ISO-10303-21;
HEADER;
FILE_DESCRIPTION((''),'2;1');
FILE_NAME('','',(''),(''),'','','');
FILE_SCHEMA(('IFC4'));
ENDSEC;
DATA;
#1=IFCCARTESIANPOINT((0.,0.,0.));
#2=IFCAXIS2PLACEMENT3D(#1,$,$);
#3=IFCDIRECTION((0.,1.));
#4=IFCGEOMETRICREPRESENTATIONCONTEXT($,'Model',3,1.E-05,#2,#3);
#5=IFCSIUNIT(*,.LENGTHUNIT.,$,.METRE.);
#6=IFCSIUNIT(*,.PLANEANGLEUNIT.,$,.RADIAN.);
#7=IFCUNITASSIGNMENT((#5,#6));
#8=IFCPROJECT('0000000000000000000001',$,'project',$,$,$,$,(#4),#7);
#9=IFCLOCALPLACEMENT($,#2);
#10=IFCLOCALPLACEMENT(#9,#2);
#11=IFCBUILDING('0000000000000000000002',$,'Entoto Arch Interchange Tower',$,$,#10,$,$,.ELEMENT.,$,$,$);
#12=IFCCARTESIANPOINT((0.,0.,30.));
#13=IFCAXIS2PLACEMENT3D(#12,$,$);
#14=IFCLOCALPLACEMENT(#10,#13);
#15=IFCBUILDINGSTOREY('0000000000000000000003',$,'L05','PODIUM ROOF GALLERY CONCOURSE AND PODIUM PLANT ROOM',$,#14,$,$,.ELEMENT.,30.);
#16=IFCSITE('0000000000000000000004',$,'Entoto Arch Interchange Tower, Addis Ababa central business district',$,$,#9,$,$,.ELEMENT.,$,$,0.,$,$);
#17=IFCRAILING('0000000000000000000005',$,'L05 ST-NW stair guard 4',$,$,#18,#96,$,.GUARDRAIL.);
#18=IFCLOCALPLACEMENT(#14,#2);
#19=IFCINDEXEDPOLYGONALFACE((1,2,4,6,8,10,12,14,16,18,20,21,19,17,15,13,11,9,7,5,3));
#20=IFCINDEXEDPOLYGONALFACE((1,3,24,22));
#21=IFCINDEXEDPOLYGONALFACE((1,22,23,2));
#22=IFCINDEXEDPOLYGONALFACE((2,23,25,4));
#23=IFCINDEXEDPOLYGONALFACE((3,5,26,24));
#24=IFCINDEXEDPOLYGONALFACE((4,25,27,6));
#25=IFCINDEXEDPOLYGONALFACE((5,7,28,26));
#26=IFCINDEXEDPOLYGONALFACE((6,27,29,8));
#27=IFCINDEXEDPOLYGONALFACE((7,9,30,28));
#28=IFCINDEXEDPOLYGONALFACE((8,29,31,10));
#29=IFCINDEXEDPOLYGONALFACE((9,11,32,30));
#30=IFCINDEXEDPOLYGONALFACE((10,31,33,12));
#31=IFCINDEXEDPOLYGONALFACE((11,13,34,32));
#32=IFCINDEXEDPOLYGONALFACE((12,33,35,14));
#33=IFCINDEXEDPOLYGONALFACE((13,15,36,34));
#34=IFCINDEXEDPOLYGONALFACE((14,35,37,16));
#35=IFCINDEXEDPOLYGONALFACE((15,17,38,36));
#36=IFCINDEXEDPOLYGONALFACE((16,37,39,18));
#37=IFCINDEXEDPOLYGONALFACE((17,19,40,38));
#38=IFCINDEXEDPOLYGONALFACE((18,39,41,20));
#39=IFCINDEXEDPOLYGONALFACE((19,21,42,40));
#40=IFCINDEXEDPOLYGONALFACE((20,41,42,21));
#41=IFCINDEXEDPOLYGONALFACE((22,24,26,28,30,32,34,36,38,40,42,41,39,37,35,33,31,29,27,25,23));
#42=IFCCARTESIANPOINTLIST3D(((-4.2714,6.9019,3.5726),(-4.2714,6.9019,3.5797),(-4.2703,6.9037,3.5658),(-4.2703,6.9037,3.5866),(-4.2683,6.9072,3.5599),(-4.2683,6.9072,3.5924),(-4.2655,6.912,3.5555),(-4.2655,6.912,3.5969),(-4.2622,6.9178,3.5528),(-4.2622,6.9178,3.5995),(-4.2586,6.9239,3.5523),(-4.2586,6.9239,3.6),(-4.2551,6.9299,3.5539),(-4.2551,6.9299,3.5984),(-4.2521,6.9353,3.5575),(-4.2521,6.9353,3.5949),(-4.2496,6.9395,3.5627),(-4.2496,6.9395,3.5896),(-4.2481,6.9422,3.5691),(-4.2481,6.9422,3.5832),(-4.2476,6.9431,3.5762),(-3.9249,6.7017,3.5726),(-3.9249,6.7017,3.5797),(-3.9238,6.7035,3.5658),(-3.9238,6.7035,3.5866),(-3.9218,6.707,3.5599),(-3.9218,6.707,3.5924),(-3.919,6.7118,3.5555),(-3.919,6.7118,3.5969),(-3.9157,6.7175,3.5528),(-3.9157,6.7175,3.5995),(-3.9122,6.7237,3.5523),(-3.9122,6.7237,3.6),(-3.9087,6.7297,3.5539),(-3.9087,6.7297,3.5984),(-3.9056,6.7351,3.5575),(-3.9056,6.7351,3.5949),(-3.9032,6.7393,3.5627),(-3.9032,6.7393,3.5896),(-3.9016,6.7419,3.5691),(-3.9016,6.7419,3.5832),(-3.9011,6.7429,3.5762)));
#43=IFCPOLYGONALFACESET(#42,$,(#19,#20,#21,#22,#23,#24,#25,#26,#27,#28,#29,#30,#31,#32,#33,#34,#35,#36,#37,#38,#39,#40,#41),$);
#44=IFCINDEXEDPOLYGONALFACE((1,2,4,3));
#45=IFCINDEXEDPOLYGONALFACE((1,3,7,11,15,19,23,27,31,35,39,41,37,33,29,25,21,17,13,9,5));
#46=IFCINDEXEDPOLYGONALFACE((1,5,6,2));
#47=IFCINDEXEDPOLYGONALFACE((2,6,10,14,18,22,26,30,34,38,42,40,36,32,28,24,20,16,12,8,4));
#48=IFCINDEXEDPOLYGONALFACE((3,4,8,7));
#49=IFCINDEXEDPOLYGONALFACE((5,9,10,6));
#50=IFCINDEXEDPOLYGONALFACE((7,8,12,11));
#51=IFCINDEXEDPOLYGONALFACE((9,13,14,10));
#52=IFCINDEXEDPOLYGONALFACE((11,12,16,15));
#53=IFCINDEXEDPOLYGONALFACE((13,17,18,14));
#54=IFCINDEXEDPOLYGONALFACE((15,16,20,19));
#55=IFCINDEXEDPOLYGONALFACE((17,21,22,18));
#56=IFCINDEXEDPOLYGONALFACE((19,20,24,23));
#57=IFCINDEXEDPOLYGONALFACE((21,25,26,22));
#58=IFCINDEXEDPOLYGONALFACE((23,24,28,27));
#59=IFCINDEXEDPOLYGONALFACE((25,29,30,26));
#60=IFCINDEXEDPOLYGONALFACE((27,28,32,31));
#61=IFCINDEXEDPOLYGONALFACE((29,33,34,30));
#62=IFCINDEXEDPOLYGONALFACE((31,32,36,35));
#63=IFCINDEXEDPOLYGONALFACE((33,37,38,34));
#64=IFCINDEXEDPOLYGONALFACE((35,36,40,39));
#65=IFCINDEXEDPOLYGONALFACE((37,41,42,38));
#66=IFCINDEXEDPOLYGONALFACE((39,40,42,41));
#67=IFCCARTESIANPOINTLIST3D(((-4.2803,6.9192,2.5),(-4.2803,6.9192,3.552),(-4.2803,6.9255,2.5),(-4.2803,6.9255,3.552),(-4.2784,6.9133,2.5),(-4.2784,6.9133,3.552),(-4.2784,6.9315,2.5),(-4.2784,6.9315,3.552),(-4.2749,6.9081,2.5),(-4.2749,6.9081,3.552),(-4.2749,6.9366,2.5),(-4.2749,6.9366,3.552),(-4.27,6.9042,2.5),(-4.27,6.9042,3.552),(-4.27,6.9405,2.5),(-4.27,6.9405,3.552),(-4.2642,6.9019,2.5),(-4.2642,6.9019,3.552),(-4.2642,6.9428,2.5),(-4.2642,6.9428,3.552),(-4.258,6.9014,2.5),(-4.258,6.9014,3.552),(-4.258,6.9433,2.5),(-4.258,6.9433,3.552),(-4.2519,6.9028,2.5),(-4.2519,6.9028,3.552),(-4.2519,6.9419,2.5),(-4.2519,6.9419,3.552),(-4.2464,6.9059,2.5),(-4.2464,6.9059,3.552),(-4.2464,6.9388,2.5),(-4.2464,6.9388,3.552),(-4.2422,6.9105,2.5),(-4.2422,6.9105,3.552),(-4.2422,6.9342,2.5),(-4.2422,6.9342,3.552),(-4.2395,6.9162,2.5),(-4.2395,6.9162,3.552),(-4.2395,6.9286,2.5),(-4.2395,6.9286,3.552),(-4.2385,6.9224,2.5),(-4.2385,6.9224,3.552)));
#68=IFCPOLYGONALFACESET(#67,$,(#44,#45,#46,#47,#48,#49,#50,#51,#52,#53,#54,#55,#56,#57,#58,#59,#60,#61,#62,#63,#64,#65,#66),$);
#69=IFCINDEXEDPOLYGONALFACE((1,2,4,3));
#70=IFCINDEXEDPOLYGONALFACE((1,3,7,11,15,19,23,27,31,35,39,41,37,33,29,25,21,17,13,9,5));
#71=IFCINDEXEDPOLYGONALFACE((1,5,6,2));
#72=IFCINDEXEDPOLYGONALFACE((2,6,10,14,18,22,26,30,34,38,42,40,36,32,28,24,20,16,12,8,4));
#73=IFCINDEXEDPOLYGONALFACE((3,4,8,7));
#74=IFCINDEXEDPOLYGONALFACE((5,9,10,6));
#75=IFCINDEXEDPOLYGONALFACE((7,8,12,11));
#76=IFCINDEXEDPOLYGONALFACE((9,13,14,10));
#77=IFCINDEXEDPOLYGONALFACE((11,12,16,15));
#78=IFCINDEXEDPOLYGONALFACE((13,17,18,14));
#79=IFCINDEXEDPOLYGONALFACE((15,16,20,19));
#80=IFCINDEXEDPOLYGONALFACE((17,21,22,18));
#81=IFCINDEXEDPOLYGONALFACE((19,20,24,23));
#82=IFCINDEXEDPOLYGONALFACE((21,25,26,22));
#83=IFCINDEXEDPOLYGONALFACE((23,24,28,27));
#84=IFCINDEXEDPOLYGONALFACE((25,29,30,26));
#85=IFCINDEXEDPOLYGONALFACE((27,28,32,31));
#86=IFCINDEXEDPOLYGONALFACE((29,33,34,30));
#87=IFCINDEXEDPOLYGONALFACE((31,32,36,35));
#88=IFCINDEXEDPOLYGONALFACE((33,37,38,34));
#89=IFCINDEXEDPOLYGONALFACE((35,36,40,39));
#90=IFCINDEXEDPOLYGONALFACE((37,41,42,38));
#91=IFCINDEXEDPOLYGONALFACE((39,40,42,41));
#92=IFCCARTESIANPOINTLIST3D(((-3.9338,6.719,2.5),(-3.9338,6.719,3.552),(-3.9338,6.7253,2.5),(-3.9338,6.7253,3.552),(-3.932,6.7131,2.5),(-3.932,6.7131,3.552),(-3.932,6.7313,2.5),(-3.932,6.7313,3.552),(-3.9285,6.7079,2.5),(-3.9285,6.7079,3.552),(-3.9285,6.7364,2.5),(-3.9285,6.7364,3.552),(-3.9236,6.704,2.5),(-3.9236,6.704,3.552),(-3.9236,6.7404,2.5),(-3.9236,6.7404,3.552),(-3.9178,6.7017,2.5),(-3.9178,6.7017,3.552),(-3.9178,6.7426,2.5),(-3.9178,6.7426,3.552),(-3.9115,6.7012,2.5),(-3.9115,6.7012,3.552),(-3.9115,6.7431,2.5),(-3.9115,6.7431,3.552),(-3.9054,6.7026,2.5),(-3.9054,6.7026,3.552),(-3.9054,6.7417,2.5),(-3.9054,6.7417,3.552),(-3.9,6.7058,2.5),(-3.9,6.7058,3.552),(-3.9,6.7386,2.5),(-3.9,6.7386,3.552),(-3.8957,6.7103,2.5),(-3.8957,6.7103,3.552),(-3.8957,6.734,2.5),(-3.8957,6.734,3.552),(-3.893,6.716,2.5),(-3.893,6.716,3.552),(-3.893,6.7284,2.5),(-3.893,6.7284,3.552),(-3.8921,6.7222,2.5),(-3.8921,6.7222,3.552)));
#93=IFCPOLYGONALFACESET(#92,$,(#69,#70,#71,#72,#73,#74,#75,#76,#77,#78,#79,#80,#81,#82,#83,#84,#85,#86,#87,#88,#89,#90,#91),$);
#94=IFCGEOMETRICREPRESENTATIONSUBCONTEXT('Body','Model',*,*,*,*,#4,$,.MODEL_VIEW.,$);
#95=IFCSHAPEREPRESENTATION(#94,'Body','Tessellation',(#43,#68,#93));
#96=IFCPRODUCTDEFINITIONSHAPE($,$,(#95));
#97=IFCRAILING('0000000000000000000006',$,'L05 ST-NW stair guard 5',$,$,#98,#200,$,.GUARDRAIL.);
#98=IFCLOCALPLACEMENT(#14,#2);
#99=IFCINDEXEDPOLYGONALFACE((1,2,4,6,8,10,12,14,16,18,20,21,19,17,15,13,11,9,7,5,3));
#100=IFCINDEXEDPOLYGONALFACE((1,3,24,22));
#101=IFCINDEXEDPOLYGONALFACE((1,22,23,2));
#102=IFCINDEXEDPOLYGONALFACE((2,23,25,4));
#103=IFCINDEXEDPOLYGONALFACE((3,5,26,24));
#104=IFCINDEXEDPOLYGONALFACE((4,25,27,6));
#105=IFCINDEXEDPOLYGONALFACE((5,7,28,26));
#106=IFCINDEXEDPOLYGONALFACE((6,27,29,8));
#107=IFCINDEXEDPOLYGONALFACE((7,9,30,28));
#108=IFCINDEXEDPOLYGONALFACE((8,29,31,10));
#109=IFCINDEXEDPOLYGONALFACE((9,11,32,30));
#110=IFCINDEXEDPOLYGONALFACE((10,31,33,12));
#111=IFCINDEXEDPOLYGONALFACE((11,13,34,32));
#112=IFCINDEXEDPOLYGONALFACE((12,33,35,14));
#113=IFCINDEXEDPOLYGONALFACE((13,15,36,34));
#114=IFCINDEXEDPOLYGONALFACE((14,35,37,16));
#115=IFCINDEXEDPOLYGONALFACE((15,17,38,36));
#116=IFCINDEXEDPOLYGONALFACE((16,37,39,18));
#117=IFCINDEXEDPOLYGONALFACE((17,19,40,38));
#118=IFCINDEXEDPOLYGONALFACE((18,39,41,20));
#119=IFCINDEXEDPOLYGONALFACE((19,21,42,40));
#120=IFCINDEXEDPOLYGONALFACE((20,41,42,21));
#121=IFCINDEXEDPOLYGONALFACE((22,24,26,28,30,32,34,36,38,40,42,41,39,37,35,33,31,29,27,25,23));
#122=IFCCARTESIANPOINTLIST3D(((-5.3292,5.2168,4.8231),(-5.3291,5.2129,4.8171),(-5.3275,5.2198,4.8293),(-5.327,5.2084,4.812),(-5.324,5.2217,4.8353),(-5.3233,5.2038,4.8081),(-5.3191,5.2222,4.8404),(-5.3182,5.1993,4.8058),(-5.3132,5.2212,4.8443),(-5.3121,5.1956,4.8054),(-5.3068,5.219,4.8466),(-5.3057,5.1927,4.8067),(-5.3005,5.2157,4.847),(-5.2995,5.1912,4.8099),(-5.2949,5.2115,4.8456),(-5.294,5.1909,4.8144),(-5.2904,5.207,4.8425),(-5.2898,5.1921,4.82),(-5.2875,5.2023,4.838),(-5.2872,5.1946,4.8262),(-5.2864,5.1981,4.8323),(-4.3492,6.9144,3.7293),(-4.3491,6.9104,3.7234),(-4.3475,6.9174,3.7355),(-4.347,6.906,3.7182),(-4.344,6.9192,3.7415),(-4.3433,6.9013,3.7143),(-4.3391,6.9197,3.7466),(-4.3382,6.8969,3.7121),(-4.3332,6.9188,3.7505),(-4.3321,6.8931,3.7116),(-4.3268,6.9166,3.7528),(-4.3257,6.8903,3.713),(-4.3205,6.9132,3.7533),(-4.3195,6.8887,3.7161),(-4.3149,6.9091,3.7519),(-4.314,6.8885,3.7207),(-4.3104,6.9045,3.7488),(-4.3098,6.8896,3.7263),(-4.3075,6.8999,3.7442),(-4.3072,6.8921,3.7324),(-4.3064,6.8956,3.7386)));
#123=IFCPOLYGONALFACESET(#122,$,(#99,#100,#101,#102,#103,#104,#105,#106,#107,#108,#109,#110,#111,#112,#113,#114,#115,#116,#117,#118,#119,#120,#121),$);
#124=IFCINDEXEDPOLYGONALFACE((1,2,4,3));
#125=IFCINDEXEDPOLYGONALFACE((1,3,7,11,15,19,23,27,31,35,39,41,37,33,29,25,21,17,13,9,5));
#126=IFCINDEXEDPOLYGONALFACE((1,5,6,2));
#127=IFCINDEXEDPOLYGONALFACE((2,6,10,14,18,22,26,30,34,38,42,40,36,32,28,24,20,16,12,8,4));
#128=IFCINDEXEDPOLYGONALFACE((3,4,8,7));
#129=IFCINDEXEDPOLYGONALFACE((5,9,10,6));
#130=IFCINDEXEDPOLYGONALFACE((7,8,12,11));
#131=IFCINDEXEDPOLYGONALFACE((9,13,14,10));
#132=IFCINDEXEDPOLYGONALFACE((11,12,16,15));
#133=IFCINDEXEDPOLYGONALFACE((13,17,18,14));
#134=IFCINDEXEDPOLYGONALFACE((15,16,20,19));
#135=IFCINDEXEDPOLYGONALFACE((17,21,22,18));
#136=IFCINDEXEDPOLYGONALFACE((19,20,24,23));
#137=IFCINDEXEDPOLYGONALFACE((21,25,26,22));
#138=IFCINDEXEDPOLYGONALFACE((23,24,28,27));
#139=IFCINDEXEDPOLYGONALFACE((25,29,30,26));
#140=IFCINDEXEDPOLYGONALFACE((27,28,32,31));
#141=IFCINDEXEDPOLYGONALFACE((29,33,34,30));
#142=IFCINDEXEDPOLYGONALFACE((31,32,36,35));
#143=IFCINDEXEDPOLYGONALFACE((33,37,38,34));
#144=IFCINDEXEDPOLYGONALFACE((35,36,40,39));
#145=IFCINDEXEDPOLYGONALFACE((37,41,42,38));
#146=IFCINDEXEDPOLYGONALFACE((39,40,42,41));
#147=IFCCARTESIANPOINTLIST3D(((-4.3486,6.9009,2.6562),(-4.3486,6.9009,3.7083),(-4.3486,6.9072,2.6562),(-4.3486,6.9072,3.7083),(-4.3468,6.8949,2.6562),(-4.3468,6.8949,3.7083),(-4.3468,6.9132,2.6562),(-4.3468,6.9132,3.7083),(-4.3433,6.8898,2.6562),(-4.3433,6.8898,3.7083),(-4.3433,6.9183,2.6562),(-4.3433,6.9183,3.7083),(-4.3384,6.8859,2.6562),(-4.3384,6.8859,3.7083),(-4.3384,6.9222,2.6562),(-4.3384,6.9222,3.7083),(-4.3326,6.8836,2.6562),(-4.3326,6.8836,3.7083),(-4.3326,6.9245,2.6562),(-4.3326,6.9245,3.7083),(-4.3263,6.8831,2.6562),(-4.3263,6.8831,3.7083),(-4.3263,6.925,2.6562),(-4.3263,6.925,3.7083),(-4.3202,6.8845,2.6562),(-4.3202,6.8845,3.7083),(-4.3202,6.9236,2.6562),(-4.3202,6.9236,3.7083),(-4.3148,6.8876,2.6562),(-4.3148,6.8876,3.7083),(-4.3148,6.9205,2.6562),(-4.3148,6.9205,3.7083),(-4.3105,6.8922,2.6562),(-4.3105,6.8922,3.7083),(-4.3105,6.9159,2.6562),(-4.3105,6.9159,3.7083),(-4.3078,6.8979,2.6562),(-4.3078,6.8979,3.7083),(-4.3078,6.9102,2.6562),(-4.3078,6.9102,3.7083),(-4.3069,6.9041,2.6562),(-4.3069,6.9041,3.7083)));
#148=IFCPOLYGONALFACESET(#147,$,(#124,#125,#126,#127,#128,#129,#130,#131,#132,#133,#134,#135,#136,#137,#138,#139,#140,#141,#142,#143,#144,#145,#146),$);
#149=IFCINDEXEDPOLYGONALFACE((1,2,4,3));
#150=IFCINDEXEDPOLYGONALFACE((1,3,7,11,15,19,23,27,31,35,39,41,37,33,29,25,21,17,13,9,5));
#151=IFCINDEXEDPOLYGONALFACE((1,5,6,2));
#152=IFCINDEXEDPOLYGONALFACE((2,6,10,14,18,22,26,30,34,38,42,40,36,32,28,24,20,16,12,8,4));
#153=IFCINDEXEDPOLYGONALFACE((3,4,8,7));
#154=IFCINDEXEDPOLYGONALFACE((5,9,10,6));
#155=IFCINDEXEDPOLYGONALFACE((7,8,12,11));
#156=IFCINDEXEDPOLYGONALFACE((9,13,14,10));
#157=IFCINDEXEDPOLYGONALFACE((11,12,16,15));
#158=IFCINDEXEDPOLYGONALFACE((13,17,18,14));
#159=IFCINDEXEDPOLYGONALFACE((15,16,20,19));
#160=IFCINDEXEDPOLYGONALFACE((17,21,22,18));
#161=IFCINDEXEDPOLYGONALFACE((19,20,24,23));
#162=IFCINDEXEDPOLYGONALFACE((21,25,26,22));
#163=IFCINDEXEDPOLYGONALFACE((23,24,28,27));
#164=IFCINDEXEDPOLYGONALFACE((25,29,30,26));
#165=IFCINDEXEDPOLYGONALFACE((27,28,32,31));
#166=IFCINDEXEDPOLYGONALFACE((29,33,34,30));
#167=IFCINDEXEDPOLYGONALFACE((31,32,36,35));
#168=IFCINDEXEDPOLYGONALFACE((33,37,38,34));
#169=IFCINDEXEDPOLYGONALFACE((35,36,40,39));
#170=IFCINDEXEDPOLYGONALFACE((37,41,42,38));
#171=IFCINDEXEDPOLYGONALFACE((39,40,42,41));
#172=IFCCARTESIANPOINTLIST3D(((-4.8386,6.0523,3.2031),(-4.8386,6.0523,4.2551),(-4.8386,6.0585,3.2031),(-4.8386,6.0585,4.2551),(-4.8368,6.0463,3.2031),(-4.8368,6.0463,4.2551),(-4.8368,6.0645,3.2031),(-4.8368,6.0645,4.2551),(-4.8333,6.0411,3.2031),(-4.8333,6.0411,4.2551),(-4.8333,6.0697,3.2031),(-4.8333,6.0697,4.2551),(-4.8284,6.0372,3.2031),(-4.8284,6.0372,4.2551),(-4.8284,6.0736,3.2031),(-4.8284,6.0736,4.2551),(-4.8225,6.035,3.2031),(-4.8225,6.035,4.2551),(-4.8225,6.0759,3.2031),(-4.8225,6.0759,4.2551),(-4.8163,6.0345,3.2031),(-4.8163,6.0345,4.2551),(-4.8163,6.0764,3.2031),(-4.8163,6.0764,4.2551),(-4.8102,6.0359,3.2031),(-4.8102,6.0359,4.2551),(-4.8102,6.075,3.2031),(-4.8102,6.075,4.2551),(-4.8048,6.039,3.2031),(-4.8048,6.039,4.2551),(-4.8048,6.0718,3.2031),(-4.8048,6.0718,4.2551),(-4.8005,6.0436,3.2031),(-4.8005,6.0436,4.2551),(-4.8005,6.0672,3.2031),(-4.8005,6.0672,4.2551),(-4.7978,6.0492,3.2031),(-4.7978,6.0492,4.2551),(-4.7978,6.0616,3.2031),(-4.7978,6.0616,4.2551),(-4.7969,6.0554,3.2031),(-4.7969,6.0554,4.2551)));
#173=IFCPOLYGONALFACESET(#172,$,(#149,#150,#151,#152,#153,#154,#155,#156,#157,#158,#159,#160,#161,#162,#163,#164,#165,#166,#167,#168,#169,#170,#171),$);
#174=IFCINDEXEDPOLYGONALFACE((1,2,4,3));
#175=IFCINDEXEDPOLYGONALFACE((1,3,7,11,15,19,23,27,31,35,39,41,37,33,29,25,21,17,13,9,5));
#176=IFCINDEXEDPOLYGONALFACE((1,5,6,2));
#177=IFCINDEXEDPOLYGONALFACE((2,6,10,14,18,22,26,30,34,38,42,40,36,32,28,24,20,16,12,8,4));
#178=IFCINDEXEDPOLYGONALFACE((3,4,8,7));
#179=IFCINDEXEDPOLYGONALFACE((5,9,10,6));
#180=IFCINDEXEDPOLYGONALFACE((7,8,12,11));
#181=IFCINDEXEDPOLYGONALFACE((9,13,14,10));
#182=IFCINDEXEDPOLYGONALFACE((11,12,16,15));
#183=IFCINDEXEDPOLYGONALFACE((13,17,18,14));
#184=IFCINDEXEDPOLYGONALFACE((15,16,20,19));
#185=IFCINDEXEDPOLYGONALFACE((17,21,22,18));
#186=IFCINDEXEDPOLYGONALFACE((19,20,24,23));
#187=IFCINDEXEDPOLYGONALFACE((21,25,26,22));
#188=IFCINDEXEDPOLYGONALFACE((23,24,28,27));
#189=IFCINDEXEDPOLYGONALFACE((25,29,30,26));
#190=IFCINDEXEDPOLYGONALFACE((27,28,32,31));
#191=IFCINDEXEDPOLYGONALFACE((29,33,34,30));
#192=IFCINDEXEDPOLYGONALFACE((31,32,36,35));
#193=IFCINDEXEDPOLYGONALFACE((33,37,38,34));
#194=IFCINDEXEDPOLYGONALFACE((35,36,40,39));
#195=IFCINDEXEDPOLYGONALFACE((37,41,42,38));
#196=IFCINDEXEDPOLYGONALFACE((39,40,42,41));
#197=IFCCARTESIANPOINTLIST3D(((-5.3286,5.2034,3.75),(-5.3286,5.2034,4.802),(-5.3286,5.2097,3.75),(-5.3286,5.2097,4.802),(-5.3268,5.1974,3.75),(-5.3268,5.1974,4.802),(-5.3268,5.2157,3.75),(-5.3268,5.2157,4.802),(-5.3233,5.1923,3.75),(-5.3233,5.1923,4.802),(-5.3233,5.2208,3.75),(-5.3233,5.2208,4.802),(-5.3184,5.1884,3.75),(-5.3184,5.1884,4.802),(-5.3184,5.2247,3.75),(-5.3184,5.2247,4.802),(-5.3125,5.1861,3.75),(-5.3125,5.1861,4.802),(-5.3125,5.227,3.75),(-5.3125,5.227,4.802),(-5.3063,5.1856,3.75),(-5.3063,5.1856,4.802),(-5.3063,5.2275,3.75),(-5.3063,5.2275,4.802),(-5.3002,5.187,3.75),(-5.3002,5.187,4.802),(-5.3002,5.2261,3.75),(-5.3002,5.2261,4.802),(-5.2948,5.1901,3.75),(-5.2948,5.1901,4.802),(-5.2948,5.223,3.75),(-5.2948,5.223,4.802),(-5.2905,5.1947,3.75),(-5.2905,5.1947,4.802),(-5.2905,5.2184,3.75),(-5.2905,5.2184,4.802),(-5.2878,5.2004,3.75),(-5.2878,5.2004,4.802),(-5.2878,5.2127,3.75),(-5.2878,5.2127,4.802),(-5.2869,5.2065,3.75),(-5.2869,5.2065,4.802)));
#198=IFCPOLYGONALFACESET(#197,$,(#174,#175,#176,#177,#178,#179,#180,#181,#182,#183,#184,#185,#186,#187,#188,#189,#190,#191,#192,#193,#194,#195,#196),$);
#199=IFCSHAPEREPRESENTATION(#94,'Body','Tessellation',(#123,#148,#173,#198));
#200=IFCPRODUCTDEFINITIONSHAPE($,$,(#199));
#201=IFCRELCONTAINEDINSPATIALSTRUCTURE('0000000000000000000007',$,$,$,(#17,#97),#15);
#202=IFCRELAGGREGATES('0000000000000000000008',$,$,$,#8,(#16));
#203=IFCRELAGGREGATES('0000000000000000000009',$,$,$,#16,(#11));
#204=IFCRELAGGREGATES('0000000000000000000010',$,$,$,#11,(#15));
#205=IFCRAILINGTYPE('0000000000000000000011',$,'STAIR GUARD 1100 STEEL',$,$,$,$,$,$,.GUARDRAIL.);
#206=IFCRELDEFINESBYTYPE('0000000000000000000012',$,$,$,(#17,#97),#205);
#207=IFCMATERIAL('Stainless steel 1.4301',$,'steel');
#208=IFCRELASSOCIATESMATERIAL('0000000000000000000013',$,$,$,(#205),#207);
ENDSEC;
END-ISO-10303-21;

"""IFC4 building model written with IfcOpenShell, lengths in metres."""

from ifc_helpers import new_model, si_unit, direction, frame, origin, origin_2d, place, context, subcontext, project, spatial, circle, extrude, material, type_object, element, save


model = new_model("IFC4")

# Units and contexts
model_context = context("Model", 3, precision=1e-05, world=origin(), true_north=direction((0.0, 1.0)))
body_context = subcontext(model_context, "Body", "Model", "MODEL_VIEW")
ifc_project = project(units=[si_unit("LENGTHUNIT", "METRE"), si_unit("PLANEANGLEUNIT", "RADIAN")], contexts=[model_context])

# Site, building, storey
site_placement = place(None, origin())
site = spatial("IfcSite", under=ifc_project, at=site_placement, Name="Entoto Arch Interchange Tower, Addis Ababa central business district", CompositionType="ELEMENT", RefElevation=0.0)
building_placement = place(site_placement, origin())
building = spatial("IfcBuilding", under=site, at=building_placement, Name="Entoto Arch Interchange Tower", CompositionType="ELEMENT")
storey_placement = place(building_placement, frame((0.0, 0.0, 30.0)))
storey = spatial("IfcBuildingStorey", under=building, at=storey_placement, Name="L05", Description="PODIUM ROOF GALLERY CONCOURSE AND PODIUM PLANT ROOM", CompositionType="ELEMENT", Elevation=30.0)

# Railings
ifc_material_1 = material(Name="Stainless steel 1.4301", Category="steel")
railing_type_1 = type_object("IfcRailingType", Name="STAIR GUARD 1100 STEEL", PredefinedType="GUARDRAIL", material=ifc_material_1)
railing_1_placement = place(storey_placement, frame((-4.2595, 6.9224, 2.5)))
element("IfcRailing", 1, at=railing_1_placement, inside=storey, type_object=railing_type_1, Name="L05 ST-NW stair guard 4", PredefinedType="GUARDRAIL", context=body_context, shape_type="SweptSolid", body=[
    extrude(circle(Radius=0.0239, at=origin_2d()), frame((0.0, 0.0, 1.0762), z_axis=(0.86583, -0.500339, 0.0), x_axis=(0.500339, 0.86583, 0.0)), (0.0, 0.0, 1.0), 0.4001),
    extrude(circle(Radius=0.021, at=origin_2d()), origin(), (0.0, 0.0, 1.0), 1.052),
    extrude(circle(Radius=0.021, at=origin_2d()), frame((0.3464, -0.2002, 0.0)), (0.0, 0.0, 1.0), 1.052),
])
railing_2_placement = place(storey_placement, frame((-4.3279, 6.9041, 2.6562)))
element("IfcRailing", 2, at=railing_2_placement, inside=storey, type_object=railing_type_1, Name="L05 ST-NW stair guard 5", PredefinedType="GUARDRAIL", context=body_context, shape_type="SweptSolid", body=[
    extrude(circle(Radius=0.0239, at=origin_2d()), frame((0.0, 0.0, 1.0762), z_axis=(-0.436596, -0.756267, 0.487282), x_axis=(0.866042, -0.49997, 0.0)), (0.0, 0.0, 1.0), 2.2446),
    extrude(circle(Radius=0.021, at=origin_2d()), origin(), (0.0, 0.0, 1.0), 1.052),
    extrude(circle(Radius=0.021, at=origin_2d()), frame((-0.49, -0.8486, 0.5469)), (0.0, 0.0, 1.0), 1.052),
    extrude(circle(Radius=0.021, at=origin_2d()), frame((-0.98, -1.6975, 1.0938)), (0.0, 0.0, 1.0), 1.052),
])

save(model, "model.ifc")
